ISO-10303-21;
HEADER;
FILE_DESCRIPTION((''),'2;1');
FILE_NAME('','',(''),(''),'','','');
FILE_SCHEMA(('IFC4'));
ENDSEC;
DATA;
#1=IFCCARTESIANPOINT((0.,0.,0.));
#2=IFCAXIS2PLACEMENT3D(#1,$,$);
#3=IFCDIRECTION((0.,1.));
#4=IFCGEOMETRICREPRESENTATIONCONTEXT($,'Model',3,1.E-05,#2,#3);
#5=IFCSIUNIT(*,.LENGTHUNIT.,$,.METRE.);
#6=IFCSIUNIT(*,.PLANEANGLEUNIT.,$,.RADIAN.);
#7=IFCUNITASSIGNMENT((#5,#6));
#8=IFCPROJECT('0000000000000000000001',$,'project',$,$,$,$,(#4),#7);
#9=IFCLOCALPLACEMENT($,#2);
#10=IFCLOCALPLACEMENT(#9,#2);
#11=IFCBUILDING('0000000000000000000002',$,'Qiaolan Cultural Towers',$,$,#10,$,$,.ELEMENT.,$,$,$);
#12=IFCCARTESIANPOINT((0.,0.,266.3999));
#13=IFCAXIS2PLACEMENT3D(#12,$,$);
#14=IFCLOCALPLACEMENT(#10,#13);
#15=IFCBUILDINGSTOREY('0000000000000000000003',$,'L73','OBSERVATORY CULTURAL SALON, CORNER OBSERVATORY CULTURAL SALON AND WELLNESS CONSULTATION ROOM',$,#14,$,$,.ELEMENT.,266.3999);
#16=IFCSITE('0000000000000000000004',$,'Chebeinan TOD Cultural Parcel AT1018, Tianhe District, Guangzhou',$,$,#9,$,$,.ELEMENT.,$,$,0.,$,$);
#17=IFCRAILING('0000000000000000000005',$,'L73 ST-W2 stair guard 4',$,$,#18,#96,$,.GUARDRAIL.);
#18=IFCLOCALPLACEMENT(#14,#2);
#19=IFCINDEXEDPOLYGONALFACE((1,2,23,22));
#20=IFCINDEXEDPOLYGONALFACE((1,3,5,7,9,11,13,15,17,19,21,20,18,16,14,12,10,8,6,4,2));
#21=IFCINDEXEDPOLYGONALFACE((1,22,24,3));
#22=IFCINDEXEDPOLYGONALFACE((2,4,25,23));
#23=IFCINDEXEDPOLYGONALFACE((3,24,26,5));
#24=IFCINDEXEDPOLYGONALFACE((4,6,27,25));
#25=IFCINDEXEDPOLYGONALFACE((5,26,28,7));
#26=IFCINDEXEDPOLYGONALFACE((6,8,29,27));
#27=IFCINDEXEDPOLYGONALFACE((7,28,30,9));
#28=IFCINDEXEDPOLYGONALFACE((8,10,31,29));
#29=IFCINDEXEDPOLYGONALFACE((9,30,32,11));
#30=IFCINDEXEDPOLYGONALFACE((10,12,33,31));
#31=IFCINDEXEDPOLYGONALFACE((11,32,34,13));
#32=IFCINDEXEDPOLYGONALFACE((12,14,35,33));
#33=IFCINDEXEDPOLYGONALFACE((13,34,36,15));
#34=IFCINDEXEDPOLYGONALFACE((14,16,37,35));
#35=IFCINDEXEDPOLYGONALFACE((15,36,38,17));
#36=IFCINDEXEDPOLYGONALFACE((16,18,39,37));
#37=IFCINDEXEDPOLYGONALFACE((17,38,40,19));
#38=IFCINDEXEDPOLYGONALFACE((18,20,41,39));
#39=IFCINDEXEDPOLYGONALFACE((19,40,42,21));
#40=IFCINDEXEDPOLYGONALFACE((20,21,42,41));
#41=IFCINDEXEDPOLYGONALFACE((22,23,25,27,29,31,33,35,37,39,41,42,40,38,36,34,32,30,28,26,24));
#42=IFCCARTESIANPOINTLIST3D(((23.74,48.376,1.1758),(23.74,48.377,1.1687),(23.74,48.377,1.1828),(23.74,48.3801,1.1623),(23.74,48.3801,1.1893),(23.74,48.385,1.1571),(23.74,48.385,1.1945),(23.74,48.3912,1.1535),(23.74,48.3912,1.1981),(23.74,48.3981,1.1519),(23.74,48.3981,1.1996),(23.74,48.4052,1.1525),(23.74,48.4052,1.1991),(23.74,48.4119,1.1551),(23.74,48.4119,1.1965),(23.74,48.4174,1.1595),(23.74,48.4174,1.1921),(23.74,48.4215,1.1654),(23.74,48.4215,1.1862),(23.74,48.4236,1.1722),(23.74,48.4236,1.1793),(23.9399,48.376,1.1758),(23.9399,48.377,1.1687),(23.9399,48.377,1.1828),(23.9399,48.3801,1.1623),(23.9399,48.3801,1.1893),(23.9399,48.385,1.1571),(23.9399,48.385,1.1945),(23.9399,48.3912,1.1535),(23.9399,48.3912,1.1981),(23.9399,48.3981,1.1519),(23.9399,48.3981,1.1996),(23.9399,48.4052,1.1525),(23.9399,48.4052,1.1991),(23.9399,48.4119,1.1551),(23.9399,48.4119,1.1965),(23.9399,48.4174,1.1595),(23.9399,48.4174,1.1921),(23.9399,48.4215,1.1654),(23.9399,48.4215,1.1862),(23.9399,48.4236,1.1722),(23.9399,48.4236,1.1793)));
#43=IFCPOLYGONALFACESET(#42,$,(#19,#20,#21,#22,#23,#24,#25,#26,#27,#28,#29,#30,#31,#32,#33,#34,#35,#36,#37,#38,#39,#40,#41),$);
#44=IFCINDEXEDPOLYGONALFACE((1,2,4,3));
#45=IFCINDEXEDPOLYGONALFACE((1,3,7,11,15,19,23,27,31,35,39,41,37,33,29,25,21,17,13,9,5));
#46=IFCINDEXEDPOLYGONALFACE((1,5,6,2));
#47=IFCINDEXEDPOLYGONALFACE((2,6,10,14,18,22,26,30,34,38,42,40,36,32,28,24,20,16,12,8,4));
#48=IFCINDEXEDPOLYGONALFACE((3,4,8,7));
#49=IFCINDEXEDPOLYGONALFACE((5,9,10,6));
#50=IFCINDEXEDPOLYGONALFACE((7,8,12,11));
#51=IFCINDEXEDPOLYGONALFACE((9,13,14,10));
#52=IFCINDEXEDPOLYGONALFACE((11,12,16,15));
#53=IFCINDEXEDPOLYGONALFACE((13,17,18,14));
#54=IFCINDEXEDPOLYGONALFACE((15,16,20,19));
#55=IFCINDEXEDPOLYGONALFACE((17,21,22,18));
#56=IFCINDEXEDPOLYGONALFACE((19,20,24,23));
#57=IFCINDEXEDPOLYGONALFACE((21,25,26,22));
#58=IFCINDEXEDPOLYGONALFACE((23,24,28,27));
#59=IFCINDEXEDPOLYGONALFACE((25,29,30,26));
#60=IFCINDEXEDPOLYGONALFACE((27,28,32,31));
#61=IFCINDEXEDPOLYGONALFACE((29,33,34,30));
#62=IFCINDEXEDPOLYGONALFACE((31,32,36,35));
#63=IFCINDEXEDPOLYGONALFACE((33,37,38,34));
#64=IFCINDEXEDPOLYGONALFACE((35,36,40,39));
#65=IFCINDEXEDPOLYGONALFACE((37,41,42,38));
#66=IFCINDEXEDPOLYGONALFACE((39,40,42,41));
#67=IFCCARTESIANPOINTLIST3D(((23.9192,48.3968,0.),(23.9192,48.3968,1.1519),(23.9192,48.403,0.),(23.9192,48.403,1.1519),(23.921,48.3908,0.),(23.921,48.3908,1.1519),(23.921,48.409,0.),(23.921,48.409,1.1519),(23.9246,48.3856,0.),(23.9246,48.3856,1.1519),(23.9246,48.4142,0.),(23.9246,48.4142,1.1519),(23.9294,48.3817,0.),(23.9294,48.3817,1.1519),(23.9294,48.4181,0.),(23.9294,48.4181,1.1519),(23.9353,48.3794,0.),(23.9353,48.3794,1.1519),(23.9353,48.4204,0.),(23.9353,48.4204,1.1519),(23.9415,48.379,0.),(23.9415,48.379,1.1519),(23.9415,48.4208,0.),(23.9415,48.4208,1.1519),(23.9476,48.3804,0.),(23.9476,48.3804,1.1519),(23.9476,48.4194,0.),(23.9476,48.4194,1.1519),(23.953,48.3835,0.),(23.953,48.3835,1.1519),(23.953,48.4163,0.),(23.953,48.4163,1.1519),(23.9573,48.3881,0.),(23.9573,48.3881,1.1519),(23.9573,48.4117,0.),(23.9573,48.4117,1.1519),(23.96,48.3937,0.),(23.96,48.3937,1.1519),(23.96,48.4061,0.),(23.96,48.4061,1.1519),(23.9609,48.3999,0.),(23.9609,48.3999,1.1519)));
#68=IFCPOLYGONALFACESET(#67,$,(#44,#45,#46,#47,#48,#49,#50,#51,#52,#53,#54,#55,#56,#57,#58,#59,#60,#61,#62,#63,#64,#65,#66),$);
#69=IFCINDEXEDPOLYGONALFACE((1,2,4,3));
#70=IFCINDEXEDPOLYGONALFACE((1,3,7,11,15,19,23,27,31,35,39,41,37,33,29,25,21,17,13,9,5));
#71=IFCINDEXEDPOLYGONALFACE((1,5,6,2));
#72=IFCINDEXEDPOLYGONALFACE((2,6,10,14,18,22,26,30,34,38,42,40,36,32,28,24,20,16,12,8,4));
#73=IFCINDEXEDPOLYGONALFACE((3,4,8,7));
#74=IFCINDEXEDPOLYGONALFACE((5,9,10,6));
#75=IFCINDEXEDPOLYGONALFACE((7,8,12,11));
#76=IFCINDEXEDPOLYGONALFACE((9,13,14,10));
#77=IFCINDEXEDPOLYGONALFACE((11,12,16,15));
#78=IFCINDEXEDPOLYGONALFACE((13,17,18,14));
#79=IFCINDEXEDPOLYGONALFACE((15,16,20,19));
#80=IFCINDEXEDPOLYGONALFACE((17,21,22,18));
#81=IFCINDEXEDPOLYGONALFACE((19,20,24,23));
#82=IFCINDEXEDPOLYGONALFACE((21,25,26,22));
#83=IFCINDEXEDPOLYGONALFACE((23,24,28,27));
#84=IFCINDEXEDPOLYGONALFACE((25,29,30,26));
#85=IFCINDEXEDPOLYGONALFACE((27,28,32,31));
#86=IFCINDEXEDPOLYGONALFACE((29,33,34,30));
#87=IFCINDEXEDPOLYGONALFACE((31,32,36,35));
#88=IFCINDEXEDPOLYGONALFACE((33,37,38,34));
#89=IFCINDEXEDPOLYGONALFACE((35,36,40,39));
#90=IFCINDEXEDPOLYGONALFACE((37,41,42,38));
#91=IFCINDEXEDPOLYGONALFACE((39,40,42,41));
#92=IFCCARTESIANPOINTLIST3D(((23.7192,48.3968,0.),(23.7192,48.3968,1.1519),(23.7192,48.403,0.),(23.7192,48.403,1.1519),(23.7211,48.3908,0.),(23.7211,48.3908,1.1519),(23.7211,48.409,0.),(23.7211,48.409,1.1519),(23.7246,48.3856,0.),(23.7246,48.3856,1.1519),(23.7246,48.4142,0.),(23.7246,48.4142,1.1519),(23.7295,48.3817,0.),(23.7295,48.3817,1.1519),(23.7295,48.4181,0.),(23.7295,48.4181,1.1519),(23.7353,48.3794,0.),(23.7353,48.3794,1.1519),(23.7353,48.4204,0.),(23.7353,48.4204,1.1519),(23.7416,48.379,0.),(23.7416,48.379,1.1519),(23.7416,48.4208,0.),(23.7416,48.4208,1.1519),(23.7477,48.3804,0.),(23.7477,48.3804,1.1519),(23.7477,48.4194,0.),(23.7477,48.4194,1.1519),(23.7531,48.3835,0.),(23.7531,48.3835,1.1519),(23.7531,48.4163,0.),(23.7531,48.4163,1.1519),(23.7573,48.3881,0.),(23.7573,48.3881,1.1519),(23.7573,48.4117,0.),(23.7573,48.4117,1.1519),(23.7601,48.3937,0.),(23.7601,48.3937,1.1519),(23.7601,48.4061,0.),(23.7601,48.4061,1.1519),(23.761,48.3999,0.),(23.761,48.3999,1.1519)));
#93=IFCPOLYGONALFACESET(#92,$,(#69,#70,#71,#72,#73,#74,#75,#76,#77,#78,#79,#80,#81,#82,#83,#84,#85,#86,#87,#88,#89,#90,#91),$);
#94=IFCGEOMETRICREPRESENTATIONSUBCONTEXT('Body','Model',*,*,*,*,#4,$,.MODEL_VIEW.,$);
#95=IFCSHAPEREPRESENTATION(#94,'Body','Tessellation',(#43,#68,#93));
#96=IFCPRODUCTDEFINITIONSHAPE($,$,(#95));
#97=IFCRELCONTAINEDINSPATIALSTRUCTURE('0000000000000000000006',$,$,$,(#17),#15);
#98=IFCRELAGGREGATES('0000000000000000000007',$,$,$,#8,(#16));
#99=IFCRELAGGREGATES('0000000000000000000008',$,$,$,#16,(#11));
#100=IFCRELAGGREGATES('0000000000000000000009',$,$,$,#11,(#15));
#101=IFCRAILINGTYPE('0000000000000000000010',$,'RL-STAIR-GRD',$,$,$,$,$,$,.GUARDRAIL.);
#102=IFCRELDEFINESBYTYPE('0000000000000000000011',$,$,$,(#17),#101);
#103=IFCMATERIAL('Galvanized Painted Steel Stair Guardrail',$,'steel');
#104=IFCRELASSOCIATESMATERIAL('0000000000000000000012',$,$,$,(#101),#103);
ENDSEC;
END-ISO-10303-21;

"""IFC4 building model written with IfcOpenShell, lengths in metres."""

from ifc_helpers import new_model, si_unit, direction, frame, origin, origin_2d, place, context, subcontext, project, spatial, circle, extrude, material, type_object, element, save


model = new_model("IFC4")

# Units and contexts
model_context = context("Model", 3, precision=1e-05, world=origin(), true_north=direction((0.0, 1.0)))
body_context = subcontext(model_context, "Body", "Model", "MODEL_VIEW")
ifc_project = project(units=[si_unit("LENGTHUNIT", "METRE"), si_unit("PLANEANGLEUNIT", "RADIAN")], contexts=[model_context])

# Site, building, storey
site_placement = place(None, origin())
site = spatial("IfcSite", under=ifc_project, at=site_placement, Name="Chebeinan TOD Cultural Parcel AT1018, Tianhe District, Guangzhou", CompositionType="ELEMENT", RefElevation=0.0)
building_placement = place(site_placement, origin())
building = spatial("IfcBuilding", under=site, at=building_placement, Name="Qiaolan Cultural Towers", CompositionType="ELEMENT")
storey_placement = place(building_placement, frame((0.0, 0.0, 266.3999)))
storey = spatial("IfcBuildingStorey", under=building, at=storey_placement, Name="L73", Description="OBSERVATORY CULTURAL SALON, CORNER OBSERVATORY CULTURAL SALON AND WELLNESS CONSULTATION ROOM", CompositionType="ELEMENT", Elevation=266.3999)

# Railing
ifc_material_1 = material(Name="Galvanized Painted Steel Stair Guardrail", Category="steel")
railing_type_1 = type_object("IfcRailingType", Name="RL-STAIR-GRD", PredefinedType="GUARDRAIL", material=ifc_material_1)
railing_1_placement = place(storey_placement, frame((23.9399, 48.3999, 0.0)))
element("IfcRailing", 1, at=railing_1_placement, inside=storey, type_object=railing_type_1, Name="L73 ST-W2 stair guard 4", PredefinedType="GUARDRAIL", context=body_context, shape_type="SweptSolid", body=[
    extrude(circle(Radius=0.0239, at=origin_2d()), frame((0.0, 0.0, 1.1758), z_axis=(-1.0, 0.0, 0.0), x_axis=(0.0, -1.0, 0.0)), (0.0, 0.0, 1.0), 0.2),
    extrude(circle(Radius=0.021, at=origin_2d()), origin(), (0.0, 0.0, 1.0), 1.1519),
    extrude(circle(Radius=0.021, at=origin_2d()), frame((-0.2, 0.0, 0.0)), (0.0, 0.0, 1.0), 1.1519),
])

save(model, "model.ifc")
